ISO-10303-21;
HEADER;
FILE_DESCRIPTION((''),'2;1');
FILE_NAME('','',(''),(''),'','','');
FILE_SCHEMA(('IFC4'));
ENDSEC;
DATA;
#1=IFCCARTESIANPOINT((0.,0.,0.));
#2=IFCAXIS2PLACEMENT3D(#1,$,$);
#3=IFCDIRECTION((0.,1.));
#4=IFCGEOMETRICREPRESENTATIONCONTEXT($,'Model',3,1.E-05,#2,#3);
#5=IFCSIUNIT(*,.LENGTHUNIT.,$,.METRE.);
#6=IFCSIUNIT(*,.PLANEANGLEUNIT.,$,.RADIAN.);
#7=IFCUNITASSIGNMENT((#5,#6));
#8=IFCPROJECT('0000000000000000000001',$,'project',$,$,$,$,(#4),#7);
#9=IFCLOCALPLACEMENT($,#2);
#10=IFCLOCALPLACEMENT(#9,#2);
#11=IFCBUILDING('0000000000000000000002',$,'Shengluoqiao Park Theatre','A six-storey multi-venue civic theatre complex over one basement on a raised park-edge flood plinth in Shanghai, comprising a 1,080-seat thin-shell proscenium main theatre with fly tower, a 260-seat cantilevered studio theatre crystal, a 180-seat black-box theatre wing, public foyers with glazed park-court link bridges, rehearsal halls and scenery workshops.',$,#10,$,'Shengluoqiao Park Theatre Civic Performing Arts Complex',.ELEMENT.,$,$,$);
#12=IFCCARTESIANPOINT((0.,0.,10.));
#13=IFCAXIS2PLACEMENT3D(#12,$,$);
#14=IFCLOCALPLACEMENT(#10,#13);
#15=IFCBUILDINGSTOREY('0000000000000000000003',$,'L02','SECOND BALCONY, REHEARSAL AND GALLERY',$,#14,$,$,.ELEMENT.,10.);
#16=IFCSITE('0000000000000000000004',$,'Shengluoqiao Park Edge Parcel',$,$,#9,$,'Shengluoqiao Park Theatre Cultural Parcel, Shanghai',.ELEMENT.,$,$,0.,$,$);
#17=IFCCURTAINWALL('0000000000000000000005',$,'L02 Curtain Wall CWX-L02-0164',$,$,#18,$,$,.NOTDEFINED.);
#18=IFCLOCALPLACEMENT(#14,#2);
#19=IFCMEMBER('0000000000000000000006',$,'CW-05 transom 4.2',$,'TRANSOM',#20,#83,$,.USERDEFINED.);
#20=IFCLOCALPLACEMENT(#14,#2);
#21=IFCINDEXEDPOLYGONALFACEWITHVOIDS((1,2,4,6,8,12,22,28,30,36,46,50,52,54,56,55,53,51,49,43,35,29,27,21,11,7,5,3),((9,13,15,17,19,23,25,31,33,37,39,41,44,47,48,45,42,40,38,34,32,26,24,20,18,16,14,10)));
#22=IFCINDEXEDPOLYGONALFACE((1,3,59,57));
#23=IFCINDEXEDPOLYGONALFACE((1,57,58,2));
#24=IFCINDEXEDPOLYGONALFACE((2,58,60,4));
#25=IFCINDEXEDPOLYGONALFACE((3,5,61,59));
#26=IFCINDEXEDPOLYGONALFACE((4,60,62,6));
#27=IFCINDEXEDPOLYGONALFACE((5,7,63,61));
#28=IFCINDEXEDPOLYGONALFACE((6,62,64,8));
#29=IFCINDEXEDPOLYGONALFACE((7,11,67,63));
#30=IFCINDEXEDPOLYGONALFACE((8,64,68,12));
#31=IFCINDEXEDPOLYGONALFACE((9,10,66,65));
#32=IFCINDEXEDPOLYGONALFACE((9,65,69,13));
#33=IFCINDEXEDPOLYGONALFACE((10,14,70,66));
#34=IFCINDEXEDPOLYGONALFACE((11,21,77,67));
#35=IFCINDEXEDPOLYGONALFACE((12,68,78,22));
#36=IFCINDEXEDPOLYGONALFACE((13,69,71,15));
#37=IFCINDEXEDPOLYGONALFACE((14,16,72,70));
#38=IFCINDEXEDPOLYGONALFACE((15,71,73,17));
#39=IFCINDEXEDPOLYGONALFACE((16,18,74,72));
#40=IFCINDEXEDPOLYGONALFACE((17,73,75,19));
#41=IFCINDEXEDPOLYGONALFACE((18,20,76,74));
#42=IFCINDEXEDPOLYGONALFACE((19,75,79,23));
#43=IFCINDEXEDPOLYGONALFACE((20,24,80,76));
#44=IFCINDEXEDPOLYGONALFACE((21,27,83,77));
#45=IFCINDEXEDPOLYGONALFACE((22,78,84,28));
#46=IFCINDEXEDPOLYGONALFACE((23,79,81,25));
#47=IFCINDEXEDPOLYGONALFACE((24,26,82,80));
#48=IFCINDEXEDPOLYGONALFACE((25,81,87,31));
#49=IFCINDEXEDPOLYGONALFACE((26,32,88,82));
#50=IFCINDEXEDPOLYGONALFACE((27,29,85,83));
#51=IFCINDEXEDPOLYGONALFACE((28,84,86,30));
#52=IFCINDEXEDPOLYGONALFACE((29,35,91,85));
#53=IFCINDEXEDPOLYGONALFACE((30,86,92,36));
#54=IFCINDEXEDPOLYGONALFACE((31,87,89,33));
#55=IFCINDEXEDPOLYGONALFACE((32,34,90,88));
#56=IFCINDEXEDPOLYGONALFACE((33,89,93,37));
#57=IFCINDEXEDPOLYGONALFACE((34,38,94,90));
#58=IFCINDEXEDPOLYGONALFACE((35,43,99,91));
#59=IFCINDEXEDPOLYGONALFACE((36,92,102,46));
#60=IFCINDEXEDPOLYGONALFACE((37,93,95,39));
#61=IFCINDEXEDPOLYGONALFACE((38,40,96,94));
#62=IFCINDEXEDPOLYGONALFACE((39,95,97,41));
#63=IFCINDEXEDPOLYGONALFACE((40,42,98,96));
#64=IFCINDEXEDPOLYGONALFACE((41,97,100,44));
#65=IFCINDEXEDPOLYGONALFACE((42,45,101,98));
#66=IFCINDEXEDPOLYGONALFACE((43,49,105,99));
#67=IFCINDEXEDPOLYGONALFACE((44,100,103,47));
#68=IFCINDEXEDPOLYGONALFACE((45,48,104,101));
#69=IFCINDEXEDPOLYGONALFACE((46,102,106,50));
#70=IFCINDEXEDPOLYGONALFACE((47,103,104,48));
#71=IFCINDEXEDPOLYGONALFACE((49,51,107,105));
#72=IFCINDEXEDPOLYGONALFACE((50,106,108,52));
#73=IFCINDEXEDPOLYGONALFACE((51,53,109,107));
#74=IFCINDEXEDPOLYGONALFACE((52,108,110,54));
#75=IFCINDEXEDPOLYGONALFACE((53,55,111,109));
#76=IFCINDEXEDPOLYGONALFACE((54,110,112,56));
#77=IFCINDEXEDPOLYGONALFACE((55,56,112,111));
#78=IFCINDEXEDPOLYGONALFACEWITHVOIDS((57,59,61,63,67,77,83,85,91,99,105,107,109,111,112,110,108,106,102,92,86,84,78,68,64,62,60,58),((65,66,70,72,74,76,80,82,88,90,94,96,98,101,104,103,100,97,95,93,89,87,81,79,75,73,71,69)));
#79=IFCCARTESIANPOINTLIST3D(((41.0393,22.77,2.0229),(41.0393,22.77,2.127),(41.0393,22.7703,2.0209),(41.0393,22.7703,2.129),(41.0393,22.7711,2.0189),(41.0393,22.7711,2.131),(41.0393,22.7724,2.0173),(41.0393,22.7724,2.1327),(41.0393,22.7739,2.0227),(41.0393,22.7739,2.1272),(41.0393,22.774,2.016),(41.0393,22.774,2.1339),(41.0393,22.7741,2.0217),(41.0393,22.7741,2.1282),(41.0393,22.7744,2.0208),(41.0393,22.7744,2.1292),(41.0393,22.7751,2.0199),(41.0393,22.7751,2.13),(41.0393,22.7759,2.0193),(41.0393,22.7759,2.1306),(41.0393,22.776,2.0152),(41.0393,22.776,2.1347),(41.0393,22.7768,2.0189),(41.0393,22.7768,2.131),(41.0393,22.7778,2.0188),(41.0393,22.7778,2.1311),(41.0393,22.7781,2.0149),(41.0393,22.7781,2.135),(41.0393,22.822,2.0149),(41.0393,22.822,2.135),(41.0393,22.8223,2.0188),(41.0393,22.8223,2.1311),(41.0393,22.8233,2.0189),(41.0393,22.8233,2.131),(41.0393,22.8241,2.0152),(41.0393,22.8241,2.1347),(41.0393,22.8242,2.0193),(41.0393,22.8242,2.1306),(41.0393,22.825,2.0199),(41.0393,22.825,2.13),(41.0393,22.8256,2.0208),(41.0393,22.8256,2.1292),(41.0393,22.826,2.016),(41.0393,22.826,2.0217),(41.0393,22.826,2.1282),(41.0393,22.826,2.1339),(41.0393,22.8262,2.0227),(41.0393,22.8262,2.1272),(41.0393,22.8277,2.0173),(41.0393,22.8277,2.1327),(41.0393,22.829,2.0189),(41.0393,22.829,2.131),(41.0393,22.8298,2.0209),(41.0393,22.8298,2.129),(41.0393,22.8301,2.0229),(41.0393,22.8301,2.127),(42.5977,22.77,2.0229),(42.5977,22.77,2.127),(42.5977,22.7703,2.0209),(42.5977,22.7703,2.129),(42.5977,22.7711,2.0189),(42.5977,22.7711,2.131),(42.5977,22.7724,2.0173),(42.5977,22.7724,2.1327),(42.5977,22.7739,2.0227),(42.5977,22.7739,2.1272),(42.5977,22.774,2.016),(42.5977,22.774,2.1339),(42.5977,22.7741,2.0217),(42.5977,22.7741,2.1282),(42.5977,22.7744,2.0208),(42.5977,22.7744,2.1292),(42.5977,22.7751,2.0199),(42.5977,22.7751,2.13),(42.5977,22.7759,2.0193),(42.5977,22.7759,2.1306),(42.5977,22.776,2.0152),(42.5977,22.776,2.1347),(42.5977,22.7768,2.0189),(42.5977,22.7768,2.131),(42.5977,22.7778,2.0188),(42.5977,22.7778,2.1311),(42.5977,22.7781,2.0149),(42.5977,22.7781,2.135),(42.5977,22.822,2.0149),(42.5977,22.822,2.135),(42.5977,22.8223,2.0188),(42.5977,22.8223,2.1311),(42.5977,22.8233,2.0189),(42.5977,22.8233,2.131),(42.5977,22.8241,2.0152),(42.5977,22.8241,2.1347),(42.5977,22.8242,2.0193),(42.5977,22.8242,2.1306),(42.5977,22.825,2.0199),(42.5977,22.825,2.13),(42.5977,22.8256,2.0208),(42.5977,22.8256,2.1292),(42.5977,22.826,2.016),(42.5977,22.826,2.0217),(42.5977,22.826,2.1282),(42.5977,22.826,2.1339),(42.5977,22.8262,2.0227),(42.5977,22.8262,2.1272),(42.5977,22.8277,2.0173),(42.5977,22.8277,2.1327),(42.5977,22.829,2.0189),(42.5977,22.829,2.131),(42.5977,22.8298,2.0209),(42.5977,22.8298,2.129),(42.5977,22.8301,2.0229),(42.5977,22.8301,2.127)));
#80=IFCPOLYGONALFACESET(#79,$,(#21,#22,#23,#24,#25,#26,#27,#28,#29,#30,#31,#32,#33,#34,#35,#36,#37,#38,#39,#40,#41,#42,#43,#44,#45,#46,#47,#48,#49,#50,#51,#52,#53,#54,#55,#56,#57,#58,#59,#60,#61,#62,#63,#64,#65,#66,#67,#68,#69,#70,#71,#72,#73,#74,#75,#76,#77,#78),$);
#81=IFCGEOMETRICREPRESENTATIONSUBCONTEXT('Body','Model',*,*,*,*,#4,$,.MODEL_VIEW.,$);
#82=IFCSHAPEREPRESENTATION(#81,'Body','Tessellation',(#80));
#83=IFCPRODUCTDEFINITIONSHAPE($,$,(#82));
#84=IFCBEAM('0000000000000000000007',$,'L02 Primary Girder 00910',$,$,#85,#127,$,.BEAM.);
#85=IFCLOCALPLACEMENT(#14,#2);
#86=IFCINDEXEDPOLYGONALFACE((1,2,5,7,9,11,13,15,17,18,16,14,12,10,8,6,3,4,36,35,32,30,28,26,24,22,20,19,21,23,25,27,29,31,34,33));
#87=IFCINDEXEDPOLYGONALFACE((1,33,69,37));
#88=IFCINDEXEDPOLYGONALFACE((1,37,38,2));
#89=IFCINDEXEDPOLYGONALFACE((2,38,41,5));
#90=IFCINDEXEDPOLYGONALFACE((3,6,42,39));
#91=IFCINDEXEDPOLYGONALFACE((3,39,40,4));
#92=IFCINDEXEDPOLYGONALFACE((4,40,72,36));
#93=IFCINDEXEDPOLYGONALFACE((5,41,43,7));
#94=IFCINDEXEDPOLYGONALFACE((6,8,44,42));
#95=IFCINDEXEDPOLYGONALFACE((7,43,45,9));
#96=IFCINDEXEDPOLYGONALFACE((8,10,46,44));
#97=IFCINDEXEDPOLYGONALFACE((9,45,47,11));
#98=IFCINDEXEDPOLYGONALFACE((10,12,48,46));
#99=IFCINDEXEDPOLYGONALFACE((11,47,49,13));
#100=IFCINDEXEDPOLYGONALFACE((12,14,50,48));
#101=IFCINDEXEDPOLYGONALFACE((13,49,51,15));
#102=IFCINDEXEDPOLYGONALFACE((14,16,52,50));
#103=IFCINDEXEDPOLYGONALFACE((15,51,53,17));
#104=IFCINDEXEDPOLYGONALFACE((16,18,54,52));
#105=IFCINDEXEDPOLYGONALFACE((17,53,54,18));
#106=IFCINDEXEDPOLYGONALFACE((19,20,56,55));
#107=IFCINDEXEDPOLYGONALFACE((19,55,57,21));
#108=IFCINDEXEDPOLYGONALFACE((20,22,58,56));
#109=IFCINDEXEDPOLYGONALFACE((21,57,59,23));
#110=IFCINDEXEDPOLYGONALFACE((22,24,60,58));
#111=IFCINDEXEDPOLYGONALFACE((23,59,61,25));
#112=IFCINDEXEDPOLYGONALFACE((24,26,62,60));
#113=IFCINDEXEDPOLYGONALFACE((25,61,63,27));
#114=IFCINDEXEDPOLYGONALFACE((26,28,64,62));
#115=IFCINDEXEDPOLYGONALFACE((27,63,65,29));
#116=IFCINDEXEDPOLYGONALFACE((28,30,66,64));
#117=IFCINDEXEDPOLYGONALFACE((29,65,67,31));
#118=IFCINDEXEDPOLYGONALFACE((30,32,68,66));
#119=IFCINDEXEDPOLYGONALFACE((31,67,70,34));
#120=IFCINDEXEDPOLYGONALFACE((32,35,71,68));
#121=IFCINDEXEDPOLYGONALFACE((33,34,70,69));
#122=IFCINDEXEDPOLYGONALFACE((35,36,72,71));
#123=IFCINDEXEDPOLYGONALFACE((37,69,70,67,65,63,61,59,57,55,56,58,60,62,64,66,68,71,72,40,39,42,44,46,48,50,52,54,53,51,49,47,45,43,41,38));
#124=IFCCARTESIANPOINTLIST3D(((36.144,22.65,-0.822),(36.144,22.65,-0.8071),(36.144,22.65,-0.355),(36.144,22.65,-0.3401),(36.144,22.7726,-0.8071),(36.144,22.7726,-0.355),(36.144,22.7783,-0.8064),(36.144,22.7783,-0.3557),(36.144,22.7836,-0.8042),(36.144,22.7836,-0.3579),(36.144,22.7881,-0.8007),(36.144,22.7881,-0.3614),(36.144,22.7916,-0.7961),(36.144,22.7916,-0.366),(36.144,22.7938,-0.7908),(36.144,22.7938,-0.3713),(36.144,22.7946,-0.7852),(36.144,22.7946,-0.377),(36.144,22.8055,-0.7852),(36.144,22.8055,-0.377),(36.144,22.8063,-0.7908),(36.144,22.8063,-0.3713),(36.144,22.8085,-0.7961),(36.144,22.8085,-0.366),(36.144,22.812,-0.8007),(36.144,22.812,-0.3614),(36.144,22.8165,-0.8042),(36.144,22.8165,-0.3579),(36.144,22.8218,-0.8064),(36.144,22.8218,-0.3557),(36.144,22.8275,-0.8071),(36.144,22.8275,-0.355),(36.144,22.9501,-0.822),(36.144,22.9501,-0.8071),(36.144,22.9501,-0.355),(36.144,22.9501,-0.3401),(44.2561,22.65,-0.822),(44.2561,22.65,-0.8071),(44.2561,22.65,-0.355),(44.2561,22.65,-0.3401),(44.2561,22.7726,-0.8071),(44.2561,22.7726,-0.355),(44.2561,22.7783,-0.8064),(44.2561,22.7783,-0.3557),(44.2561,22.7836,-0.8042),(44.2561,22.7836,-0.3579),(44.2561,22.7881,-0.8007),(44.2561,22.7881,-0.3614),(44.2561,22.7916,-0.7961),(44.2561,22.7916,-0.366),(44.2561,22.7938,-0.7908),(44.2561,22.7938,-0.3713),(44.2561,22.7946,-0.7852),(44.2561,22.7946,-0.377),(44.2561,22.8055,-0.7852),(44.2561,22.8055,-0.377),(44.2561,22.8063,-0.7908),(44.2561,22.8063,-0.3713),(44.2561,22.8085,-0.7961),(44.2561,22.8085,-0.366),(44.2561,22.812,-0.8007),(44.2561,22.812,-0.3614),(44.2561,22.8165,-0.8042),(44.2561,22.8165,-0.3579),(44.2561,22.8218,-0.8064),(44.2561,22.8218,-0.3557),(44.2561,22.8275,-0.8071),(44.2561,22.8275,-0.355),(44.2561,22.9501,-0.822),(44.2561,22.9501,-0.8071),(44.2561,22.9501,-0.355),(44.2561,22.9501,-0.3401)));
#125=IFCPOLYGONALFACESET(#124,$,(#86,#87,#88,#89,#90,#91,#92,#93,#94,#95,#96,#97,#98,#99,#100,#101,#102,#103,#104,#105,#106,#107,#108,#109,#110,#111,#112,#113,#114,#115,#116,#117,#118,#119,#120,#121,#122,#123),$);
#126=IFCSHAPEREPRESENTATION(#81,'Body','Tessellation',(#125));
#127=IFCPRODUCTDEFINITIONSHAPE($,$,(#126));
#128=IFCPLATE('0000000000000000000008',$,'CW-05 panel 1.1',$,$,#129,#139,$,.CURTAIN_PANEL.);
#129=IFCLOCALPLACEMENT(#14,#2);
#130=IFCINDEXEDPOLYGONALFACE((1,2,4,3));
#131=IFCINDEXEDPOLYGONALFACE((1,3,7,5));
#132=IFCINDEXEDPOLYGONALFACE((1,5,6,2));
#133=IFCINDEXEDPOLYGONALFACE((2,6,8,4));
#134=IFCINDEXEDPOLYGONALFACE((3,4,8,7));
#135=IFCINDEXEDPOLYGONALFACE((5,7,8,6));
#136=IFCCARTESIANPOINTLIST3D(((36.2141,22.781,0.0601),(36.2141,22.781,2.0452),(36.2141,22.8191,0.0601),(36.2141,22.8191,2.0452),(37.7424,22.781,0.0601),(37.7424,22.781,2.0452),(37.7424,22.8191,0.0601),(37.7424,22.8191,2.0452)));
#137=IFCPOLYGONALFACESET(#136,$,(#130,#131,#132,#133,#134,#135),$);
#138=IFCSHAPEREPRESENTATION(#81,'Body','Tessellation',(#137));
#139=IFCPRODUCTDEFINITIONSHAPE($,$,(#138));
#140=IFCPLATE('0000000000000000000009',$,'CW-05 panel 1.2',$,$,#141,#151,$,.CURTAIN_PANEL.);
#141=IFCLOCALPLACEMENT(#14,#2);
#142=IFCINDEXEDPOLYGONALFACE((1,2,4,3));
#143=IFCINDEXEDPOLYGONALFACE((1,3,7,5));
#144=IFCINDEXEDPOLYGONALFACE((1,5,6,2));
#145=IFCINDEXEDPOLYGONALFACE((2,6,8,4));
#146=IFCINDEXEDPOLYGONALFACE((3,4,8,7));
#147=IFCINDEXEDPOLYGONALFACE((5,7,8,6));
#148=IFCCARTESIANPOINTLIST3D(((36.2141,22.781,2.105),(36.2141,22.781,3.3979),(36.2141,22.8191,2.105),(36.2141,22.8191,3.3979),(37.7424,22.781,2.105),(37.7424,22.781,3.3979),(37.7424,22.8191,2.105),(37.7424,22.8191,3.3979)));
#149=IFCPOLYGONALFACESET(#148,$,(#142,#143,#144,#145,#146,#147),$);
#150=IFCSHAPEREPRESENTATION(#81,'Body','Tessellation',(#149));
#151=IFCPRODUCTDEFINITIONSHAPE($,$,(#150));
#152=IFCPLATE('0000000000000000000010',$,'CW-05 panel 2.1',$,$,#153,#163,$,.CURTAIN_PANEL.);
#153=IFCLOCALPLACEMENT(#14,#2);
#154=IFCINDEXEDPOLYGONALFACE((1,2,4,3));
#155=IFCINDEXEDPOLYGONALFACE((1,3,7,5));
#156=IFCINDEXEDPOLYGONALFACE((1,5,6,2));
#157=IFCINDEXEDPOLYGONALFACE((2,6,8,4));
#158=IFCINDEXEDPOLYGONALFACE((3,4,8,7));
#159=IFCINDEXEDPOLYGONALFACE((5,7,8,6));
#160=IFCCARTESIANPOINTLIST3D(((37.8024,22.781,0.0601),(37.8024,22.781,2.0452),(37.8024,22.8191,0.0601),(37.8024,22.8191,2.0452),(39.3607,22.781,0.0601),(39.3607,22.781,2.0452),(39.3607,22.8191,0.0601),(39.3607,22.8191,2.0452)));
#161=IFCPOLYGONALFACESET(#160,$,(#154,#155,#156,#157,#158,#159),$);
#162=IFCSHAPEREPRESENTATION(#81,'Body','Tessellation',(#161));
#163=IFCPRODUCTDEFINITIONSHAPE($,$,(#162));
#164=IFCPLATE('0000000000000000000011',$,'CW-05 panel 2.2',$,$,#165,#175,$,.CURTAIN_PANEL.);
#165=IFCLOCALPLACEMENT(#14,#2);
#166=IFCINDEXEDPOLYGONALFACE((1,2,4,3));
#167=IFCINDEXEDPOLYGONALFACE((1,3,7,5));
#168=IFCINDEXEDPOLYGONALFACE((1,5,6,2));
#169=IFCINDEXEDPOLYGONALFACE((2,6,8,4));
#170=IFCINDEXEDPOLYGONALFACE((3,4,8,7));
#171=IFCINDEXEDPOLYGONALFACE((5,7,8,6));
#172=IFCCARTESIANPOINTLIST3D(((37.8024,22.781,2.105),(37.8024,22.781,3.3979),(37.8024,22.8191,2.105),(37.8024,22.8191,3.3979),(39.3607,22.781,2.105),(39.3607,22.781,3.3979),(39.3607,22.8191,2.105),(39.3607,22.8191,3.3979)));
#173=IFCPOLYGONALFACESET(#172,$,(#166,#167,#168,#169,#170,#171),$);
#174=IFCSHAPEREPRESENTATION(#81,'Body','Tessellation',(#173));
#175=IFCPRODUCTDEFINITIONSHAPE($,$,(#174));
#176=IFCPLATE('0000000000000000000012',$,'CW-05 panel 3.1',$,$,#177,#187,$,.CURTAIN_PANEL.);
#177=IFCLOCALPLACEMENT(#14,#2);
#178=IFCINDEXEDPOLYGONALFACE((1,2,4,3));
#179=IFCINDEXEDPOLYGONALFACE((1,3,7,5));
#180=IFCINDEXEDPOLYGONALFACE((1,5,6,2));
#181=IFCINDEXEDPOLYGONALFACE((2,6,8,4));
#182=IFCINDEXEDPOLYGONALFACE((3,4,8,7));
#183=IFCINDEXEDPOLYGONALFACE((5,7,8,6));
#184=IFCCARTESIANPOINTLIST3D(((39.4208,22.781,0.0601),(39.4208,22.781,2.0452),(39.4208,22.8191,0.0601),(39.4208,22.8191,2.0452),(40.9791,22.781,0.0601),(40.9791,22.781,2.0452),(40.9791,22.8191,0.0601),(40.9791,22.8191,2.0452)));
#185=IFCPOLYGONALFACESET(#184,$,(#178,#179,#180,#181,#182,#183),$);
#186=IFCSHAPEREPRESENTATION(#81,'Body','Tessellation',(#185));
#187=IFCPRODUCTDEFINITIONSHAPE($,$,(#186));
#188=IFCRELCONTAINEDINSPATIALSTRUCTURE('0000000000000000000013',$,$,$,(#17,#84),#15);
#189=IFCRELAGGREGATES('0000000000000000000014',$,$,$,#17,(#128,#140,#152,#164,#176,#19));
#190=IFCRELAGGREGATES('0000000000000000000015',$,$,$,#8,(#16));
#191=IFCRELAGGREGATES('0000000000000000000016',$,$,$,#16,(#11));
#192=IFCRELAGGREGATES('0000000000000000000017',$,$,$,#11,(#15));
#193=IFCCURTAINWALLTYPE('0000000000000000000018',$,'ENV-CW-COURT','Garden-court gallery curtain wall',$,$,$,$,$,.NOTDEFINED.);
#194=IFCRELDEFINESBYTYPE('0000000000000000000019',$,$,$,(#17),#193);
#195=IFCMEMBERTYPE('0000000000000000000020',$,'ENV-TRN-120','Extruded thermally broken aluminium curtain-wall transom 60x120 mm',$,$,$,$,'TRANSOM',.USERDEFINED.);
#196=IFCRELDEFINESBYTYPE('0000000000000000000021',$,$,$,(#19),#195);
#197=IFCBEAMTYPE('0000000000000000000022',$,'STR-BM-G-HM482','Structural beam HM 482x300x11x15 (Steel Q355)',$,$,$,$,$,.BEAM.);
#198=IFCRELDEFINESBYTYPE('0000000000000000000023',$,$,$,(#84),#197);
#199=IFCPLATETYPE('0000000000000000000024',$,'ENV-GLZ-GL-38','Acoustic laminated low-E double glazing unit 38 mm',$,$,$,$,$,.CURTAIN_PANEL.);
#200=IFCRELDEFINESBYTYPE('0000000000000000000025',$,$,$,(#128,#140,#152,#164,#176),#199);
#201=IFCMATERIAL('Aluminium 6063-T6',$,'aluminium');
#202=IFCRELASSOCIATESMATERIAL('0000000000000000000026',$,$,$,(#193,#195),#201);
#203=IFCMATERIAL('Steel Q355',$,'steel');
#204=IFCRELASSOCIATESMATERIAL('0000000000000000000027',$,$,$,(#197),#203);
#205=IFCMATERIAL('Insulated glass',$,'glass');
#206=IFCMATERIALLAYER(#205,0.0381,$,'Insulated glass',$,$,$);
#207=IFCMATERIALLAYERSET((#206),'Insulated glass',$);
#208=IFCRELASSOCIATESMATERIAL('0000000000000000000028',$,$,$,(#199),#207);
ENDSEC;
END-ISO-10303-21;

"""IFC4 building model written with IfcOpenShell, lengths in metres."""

from ifc_helpers import new_model, si_unit, direction, frame, origin, origin_2d, place, context, subcontext, project, spatial, rectangle, hollow_rectangle, i_section, extrude, material, layer, layer_set, material_profile, profile_set, type_object, element, aggregate, save


model = new_model("IFC4")

# Units and contexts
model_context = context("Model", 3, precision=1e-05, world=origin(), true_north=direction((0.0, 1.0)))
body_context = subcontext(model_context, "Body", "Model", "MODEL_VIEW")
ifc_project = project(units=[si_unit("LENGTHUNIT", "METRE"), si_unit("PLANEANGLEUNIT", "RADIAN")], contexts=[model_context])

# Site, building, storey
site_placement = place(None, origin())
site = spatial("IfcSite", under=ifc_project, at=site_placement, Name="Shengluoqiao Park Edge Parcel", LongName="Shengluoqiao Park Theatre Cultural Parcel, Shanghai", CompositionType="ELEMENT", RefElevation=0.0)
building_placement = place(site_placement, origin())
building = spatial("IfcBuilding", under=site, at=building_placement, Name="Shengluoqiao Park Theatre", Description="A six-storey multi-venue civic theatre complex over one basement on a raised park-edge flood plinth in Shanghai, comprising a 1,080-seat thin-shell proscenium main theatre with fly tower, a 260-seat cantilevered studio theatre crystal, a 180-seat black-box theatre wing, public foyers with glazed park-court link bridges, rehearsal halls and scenery workshops.", LongName="Shengluoqiao Park Theatre Civic Performing Arts Complex", CompositionType="ELEMENT")
storey_placement = place(building_placement, frame((0.0, 0.0, 10.0)))
storey = spatial("IfcBuildingStorey", under=building, at=storey_placement, Name="L02", Description="SECOND BALCONY, REHEARSAL AND GALLERY", CompositionType="ELEMENT", Elevation=10.0)

# Shared definitions
ifc_material_1 = material(Name="Steel Q355", Category="steel")

# Curtain wall, member
ifc_material_2 = material(Name="Aluminium 6063-T6", Category="aluminium")
curtain_wall_type = type_object("IfcCurtainWallType", Name="ENV-CW-COURT", Description="Garden-court gallery curtain wall", PredefinedType="NOTDEFINED", material=ifc_material_2)
curtain_wall_placement = place(storey_placement, origin())
curtain_wall = element("IfcCurtainWall", 1, at=curtain_wall_placement, inside=storey, type_object=curtain_wall_type, Name="L02 Curtain Wall CWX-L02-0164", PredefinedType="NOTDEFINED")
ifc_material_profile_1 = material_profile(ifc_material_2, hollow_rectangle(XDim=0.0601, YDim=0.1201, WallThickness=0.0039, InnerFilletRadius=0.0039, OuterFilletRadius=0.0081, at=origin_2d()), Name="ALU TRANSOM 120x60x4")
ifc_profile_set_1 = profile_set([ifc_material_profile_1], Name="Aluminium 6063-T6")
member_type_1 = type_object("IfcMemberType", Name="ENV-TRN-120", Description="Extruded thermally broken aluminium curtain-wall transom 60x120 mm", ElementType="TRANSOM", PredefinedType="USERDEFINED", material=ifc_profile_set_1)
member_1_placement = place(storey_placement, frame((41.0393, 22.8, 2.075), z_axis=(1.0, 0.0, 0.0), x_axis=(0.0, 1.0, 0.0)))
member_1 = element("IfcMember", 2, at=member_1_placement, type_object=member_type_1, Name="CW-05 transom 4.2", ObjectType="TRANSOM", PredefinedType="USERDEFINED", context=body_context, shape_type="SweptSolid", body=[
    extrude(hollow_rectangle(XDim=0.0601, YDim=0.1201, WallThickness=0.0039, InnerFilletRadius=0.0039, OuterFilletRadius=0.0081, at=origin_2d()), origin(), (0.0, 0.0, 1.0), 1.5583),
])

# Beam
ifc_material_profile_2 = material_profile(ifc_material_1, i_section(OverallWidth=0.3, OverallDepth=0.4819, WebThickness=0.011, FlangeThickness=0.0149, FilletRadius=0.022, at=origin_2d()), Name="HM 482x300x11x15")
ifc_profile_set_2 = profile_set([ifc_material_profile_2], Name="Steel Q355")
beam_type = type_object("IfcBeamType", Name="STR-BM-G-HM482", Description="Structural beam HM 482x300x11x15 (Steel Q355)", PredefinedType="BEAM", material=ifc_profile_set_2)
beam_placement = place(storey_placement, frame((36.144, 22.8, -0.5811), z_axis=(1.0, 0.0, 0.0), x_axis=(0.0, 1.0, 0.0)))
element("IfcBeam", 3, at=beam_placement, inside=storey, type_object=beam_type, Name="L02 Primary Girder 00910", PredefinedType="BEAM", context=body_context, shape_type="SweptSolid", body=[
    extrude(i_section(OverallWidth=0.3, OverallDepth=0.4819, WebThickness=0.011, FlangeThickness=0.0149, FilletRadius=0.022, at=origin_2d()), origin(), (0.0, 0.0, 1.0), 8.1121),
])

# Plates
ifc_material_3 = material(Name="Insulated glass", Category="glass")
ifc_layer = layer(ifc_material_3, 0.0381, Name="Insulated glass")
ifc_layer_set = layer_set([ifc_layer], Name="Insulated glass")
plate_type = type_object("IfcPlateType", Name="ENV-GLZ-GL-38", Description="Acoustic laminated low-E double glazing unit 38 mm", PredefinedType="CURTAIN_PANEL", material=ifc_layer_set)
plate_1_placement = place(storey_placement, frame((36.9783, 22.8, 0.0601), z_axis=(0.0, 0.0, 1.0), x_axis=(1.0, 0.0, 0.0)))
plate_1 = element("IfcPlate", 4, at=plate_1_placement, type_object=plate_type, Name="CW-05 panel 1.1", PredefinedType="CURTAIN_PANEL", context=body_context, shape_type="SweptSolid", body=[
    extrude(rectangle(XDim=1.5283, YDim=0.0381, at=origin_2d()), origin(), (0.0, 0.0, 1.0), 1.9851),
])
plate_2_placement = place(storey_placement, frame((36.9783, 22.8, 2.105), z_axis=(0.0, 0.0, 1.0), x_axis=(1.0, 0.0, 0.0)))
plate_2 = element("IfcPlate", 5, at=plate_2_placement, type_object=plate_type, Name="CW-05 panel 1.2", PredefinedType="CURTAIN_PANEL", context=body_context, shape_type="SweptSolid", body=[
    extrude(rectangle(XDim=1.5283, YDim=0.0381, at=origin_2d()), origin(), (0.0, 0.0, 1.0), 1.293),
])
plate_3_placement = place(storey_placement, frame((38.5815, 22.8, 0.0601), z_axis=(0.0, 0.0, 1.0), x_axis=(1.0, 0.0, 0.0)))
plate_3 = element("IfcPlate", 6, at=plate_3_placement, type_object=plate_type, Name="CW-05 panel 2.1", PredefinedType="CURTAIN_PANEL", context=body_context, shape_type="SweptSolid", body=[
    extrude(rectangle(XDim=1.5583, YDim=0.0381, at=origin_2d()), origin(), (0.0, 0.0, 1.0), 1.9851),
])
plate_4_placement = place(storey_placement, frame((38.5815, 22.8, 2.105), z_axis=(0.0, 0.0, 1.0), x_axis=(1.0, 0.0, 0.0)))
plate_4 = element("IfcPlate", 7, at=plate_4_placement, type_object=plate_type, Name="CW-05 panel 2.2", PredefinedType="CURTAIN_PANEL", context=body_context, shape_type="SweptSolid", body=[
    extrude(rectangle(XDim=1.5583, YDim=0.0381, at=origin_2d()), origin(), (0.0, 0.0, 1.0), 1.293),
])
plate_5_placement = place(storey_placement, frame((40.2, 22.8, 0.0601), z_axis=(0.0, 0.0, 1.0), x_axis=(1.0, 0.0, 0.0)))
plate_5 = element("IfcPlate", 8, at=plate_5_placement, type_object=plate_type, Name="CW-05 panel 3.1", PredefinedType="CURTAIN_PANEL", context=body_context, shape_type="SweptSolid", body=[
    extrude(rectangle(XDim=1.5583, YDim=0.0381, at=origin_2d()), origin(), (0.0, 0.0, 1.0), 1.9851),
])
aggregate(curtain_wall, [plate_1, plate_2, plate_3, plate_4, plate_5, member_1])

save(model, "model.ifc")
